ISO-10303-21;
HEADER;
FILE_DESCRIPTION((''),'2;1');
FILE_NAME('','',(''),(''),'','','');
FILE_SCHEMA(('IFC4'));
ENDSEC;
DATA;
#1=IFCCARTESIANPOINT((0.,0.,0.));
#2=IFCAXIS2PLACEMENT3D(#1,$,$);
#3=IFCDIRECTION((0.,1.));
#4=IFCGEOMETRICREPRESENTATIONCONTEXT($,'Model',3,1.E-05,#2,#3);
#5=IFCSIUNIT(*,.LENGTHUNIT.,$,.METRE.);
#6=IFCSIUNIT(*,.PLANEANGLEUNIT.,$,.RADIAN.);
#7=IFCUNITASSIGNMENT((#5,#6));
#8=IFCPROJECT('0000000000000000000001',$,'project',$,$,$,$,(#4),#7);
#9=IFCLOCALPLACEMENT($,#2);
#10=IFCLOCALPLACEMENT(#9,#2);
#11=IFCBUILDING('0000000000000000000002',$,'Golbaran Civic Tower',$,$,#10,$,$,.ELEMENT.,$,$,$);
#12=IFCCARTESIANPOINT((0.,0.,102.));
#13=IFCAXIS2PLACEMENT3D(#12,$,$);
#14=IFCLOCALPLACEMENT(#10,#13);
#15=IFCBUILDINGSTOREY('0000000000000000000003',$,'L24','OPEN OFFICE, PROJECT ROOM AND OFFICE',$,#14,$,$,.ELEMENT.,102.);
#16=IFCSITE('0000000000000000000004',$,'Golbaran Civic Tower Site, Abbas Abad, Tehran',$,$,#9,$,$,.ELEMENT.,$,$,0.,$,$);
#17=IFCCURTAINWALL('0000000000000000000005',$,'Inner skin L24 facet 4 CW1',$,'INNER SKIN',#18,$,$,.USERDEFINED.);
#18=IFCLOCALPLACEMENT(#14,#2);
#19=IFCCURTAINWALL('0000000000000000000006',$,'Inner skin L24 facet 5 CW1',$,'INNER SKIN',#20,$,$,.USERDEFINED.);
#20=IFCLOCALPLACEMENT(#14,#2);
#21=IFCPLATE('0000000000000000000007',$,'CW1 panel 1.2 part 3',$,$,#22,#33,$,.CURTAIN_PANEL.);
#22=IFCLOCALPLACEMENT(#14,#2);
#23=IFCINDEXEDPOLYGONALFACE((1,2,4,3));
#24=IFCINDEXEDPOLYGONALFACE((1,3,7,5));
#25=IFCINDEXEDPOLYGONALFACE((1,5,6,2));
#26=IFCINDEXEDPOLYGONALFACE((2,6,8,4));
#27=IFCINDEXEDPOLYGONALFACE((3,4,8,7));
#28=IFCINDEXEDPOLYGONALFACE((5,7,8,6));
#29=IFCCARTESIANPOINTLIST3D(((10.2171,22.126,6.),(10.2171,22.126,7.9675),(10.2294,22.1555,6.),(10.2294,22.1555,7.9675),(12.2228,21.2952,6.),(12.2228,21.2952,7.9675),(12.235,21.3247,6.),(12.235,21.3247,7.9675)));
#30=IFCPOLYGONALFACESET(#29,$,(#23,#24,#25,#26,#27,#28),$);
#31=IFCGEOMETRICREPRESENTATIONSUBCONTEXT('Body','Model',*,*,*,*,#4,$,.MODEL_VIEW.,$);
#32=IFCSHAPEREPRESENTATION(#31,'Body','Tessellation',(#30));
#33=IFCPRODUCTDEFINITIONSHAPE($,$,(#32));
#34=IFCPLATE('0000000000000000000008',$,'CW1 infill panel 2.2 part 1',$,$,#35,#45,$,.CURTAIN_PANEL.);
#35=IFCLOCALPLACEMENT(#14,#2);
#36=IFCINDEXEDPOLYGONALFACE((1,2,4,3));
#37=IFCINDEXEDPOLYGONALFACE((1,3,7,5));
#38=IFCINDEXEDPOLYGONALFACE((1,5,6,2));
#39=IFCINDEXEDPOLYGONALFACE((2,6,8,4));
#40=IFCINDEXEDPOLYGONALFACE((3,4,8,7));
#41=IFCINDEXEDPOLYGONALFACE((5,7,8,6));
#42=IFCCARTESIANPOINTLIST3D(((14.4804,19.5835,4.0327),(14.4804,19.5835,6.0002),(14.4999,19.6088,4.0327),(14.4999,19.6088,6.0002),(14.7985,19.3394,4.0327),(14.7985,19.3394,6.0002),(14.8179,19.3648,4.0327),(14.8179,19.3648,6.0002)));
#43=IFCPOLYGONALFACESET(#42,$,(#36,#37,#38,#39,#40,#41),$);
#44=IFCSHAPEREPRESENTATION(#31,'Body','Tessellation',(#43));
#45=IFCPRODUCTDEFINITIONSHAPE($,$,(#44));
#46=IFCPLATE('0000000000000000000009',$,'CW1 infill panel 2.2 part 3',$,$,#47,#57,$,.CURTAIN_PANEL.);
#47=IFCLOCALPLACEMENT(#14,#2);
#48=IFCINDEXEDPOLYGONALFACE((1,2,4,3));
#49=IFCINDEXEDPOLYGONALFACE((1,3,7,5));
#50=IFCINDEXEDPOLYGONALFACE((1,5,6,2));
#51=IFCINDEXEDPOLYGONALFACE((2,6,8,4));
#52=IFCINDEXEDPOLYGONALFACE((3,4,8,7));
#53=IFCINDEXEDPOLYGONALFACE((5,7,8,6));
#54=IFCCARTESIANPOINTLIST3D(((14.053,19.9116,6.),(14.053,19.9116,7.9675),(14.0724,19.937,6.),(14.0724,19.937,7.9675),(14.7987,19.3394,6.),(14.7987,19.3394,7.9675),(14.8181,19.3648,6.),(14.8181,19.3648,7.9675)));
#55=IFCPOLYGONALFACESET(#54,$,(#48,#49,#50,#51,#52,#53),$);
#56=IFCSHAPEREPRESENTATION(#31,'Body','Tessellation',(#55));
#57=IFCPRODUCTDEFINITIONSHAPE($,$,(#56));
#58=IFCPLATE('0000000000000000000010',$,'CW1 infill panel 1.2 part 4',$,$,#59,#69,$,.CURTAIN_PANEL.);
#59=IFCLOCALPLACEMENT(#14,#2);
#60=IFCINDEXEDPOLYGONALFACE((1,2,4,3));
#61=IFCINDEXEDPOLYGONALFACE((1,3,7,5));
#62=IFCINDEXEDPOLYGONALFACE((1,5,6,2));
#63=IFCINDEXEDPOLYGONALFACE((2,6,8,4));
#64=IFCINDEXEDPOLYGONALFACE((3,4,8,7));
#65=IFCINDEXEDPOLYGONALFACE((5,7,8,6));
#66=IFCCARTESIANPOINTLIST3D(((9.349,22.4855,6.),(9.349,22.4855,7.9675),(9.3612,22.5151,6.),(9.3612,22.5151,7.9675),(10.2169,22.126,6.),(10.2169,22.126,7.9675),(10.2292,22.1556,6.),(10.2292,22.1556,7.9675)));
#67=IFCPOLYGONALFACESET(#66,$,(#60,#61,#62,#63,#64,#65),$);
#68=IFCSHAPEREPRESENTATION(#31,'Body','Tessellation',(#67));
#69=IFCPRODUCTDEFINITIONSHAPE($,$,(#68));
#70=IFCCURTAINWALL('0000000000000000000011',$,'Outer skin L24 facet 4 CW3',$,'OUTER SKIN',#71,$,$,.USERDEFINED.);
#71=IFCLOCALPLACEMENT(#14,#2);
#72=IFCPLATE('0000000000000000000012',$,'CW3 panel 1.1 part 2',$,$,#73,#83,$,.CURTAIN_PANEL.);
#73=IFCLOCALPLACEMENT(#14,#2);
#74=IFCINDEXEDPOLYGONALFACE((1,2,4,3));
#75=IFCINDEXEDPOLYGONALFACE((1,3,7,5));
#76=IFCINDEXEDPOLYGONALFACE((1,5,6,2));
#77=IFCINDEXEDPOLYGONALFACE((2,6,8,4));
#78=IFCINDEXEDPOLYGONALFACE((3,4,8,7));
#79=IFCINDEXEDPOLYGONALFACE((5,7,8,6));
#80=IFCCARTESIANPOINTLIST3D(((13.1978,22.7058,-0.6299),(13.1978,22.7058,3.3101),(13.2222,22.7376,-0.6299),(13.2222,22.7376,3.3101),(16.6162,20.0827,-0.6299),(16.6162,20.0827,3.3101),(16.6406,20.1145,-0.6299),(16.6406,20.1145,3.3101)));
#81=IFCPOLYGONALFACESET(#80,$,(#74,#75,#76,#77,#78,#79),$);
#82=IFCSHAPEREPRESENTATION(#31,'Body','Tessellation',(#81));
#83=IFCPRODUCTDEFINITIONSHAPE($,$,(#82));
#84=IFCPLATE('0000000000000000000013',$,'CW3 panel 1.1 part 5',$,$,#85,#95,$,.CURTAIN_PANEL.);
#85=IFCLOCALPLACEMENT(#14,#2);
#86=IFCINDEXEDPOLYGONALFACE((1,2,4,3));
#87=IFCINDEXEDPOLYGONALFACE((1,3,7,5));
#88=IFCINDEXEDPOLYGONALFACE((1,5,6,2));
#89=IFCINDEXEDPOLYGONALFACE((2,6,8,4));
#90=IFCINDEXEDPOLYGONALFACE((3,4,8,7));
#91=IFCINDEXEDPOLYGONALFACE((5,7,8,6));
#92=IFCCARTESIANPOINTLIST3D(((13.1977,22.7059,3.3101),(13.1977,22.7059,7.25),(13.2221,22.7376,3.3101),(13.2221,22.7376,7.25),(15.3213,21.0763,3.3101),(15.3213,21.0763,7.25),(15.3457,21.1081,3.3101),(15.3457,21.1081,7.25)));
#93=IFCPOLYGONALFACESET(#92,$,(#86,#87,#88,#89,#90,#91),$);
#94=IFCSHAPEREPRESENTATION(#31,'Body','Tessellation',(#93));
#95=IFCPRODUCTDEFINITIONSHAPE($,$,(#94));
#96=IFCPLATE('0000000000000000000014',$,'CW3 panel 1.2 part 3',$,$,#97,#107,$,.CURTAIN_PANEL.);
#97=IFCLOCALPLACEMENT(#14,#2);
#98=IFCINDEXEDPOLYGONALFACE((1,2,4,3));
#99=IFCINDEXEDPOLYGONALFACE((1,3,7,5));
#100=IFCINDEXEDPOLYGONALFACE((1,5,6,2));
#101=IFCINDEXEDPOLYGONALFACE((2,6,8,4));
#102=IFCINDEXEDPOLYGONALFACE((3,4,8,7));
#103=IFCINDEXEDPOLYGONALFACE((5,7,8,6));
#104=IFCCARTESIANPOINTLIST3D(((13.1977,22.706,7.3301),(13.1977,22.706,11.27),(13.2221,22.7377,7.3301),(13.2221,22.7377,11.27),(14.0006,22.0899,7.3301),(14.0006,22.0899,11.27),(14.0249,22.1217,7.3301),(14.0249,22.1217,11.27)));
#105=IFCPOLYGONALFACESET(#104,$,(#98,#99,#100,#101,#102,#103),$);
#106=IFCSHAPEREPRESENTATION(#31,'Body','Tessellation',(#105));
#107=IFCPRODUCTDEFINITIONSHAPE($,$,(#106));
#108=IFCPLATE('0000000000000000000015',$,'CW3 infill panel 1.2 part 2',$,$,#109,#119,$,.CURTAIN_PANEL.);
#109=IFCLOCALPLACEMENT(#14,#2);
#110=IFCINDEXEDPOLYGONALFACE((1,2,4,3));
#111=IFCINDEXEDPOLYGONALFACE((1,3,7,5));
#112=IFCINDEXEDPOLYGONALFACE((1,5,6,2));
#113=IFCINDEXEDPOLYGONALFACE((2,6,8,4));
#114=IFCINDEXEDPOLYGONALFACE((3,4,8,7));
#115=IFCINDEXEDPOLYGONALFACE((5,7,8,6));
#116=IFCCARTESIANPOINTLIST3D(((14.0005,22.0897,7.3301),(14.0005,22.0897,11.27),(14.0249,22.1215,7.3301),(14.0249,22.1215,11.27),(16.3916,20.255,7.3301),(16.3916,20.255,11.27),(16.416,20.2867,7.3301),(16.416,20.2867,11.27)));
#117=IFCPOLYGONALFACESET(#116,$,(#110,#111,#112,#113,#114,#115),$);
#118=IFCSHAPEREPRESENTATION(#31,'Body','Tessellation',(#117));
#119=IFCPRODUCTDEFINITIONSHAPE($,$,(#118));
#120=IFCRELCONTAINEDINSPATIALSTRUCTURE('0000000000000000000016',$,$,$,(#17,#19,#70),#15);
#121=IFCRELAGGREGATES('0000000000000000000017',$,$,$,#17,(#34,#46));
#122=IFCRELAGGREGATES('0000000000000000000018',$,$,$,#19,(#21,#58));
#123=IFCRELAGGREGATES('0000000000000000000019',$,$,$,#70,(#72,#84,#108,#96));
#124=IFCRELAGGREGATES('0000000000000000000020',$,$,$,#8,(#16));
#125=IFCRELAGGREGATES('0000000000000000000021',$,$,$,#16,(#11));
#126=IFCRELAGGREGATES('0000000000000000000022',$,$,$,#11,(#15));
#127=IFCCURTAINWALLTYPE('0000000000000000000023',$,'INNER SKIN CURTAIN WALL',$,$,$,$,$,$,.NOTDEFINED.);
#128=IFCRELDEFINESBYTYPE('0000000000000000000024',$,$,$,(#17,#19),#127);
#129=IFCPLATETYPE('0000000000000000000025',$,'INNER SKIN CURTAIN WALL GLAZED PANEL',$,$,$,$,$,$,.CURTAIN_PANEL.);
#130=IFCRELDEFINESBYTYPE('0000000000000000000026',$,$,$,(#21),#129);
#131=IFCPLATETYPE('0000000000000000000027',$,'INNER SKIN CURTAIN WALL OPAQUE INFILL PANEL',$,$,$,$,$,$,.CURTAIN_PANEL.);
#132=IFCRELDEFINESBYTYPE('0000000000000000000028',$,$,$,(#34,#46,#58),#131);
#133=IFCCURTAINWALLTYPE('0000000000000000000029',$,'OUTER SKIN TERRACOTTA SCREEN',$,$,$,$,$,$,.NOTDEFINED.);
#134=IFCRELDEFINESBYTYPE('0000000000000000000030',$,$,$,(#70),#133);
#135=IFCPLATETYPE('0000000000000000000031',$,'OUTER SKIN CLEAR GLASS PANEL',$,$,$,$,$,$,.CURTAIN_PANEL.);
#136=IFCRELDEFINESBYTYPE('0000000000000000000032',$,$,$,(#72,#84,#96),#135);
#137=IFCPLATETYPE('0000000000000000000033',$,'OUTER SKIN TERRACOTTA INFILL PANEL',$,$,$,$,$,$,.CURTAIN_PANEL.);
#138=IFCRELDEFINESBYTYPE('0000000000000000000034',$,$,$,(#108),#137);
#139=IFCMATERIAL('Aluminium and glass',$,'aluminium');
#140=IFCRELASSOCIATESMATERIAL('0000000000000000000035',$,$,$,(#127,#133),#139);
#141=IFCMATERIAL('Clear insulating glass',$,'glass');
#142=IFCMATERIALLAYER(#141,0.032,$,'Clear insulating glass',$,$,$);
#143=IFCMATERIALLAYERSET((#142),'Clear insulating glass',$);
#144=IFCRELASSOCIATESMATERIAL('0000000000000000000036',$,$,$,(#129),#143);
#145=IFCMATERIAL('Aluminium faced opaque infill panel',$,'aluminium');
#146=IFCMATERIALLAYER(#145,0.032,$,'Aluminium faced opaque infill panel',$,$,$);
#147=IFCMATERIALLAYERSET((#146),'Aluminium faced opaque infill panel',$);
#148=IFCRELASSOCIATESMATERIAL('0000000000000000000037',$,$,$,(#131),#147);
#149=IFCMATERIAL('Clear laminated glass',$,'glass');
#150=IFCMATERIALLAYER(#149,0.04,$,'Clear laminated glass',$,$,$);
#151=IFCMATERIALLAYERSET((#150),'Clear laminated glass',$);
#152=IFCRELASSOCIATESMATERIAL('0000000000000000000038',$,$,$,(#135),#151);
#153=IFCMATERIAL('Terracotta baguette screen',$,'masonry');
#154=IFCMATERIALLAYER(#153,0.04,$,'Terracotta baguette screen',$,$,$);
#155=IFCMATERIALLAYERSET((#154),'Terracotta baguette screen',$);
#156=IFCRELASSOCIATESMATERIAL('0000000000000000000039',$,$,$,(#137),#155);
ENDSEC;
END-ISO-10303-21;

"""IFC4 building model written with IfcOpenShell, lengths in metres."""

from ifc_helpers import new_model, si_unit, direction, frame, origin, origin_2d, place, context, subcontext, project, spatial, rectangle, extrude, material, layer, layer_set, type_object, element, aggregate, save


model = new_model("IFC4")

# Units and contexts
model_context = context("Model", 3, precision=1e-05, world=origin(), true_north=direction((0.0, 1.0)))
body_context = subcontext(model_context, "Body", "Model", "MODEL_VIEW")
ifc_project = project(units=[si_unit("LENGTHUNIT", "METRE"), si_unit("PLANEANGLEUNIT", "RADIAN")], contexts=[model_context])

# Site, building, storey
site_placement = place(None, origin())
site = spatial("IfcSite", under=ifc_project, at=site_placement, Name="Golbaran Civic Tower Site, Abbas Abad, Tehran", CompositionType="ELEMENT", RefElevation=0.0)
building_placement = place(site_placement, origin())
building = spatial("IfcBuilding", under=site, at=building_placement, Name="Golbaran Civic Tower", CompositionType="ELEMENT")
storey_placement = place(building_placement, frame((0.0, 0.0, 102.0)))
storey = spatial("IfcBuildingStorey", under=building, at=storey_placement, Name="L24", Description="OPEN OFFICE, PROJECT ROOM AND OFFICE", CompositionType="ELEMENT", Elevation=102.0)

# Curtain wall
ifc_material_1 = material(Name="Aluminium and glass", Category="aluminium")
curtain_wall_type_1 = type_object("IfcCurtainWallType", Name="INNER SKIN CURTAIN WALL", PredefinedType="NOTDEFINED", material=ifc_material_1)
curtain_wall_1_placement = place(storey_placement, origin())
curtain_wall_1 = element("IfcCurtainWall", 1, at=curtain_wall_1_placement, inside=storey, type_object=curtain_wall_type_1, Name="Inner skin L24 facet 4 CW1", ObjectType="INNER SKIN", PredefinedType="USERDEFINED")

# Curtain wall
curtain_wall_2_placement = place(storey_placement, origin())
curtain_wall_2 = element("IfcCurtainWall", 2, at=curtain_wall_2_placement, inside=storey, type_object=curtain_wall_type_1, Name="Inner skin L24 facet 5 CW1", ObjectType="INNER SKIN", PredefinedType="USERDEFINED")

# Plates
ifc_material_2 = material(Name="Clear insulating glass", Category="glass")
ifc_layer_1 = layer(ifc_material_2, 0.032, Name="Clear insulating glass")
ifc_layer_set_1 = layer_set([ifc_layer_1], Name="Clear insulating glass")
plate_type_1 = type_object("IfcPlateType", Name="INNER SKIN CURTAIN WALL GLAZED PANEL", PredefinedType="CURTAIN_PANEL", material=ifc_layer_set_1)
plate_1_placement = place(storey_placement, frame((11.2261, 21.7253, 6.0), z_axis=(0.0, 0.0, 1.0), x_axis=(-0.92388, 0.382683, 0.0)))
plate_1 = element("IfcPlate", 3, at=plate_1_placement, type_object=plate_type_1, Name="CW1 panel 1.2 part 3", PredefinedType="CURTAIN_PANEL", context=body_context, shape_type="SweptSolid", body=[
    extrude(rectangle(XDim=2.1709, YDim=0.032, at=origin_2d()), origin(), (0.0, 0.0, 1.0), 1.9675),
])
ifc_material_3 = material(Name="Aluminium faced opaque infill panel", Category="aluminium")
ifc_layer_2 = layer(ifc_material_3, 0.032, Name="Aluminium faced opaque infill panel")
ifc_layer_set_2 = layer_set([ifc_layer_2], Name="Aluminium faced opaque infill panel")
plate_type_2 = type_object("IfcPlateType", Name="INNER SKIN CURTAIN WALL OPAQUE INFILL PANEL", PredefinedType="CURTAIN_PANEL", material=ifc_layer_set_2)
plate_2_placement = place(storey_placement, frame((14.6492, 19.4741, 4.0327), z_axis=(0.0, 0.0, 1.0), x_axis=(-0.793353, 0.608761, 0.0)))
plate_2 = element("IfcPlate", 4, at=plate_2_placement, type_object=plate_type_2, Name="CW1 infill panel 2.2 part 1", PredefinedType="CURTAIN_PANEL", context=body_context, shape_type="SweptSolid", body=[
    extrude(rectangle(XDim=0.4009, YDim=0.032, at=origin_2d()), origin(), (0.0, 0.0, 1.0), 1.9675),
])
plate_3_placement = place(storey_placement, frame((14.4355, 19.6382, 6.0), z_axis=(0.0, 0.0, 1.0), x_axis=(-0.793353, 0.608761, 0.0)))
plate_3 = element("IfcPlate", 5, at=plate_3_placement, type_object=plate_type_2, Name="CW1 infill panel 2.2 part 3", PredefinedType="CURTAIN_PANEL", context=body_context, shape_type="SweptSolid", body=[
    extrude(rectangle(XDim=0.9399, YDim=0.032, at=origin_2d()), origin(), (0.0, 0.0, 1.0), 1.9675),
])
aggregate(curtain_wall_1, [plate_2, plate_3])
plate_4_placement = place(storey_placement, frame((9.7891, 22.3206, 6.0), z_axis=(0.0, 0.0, 1.0), x_axis=(-0.92388, 0.382683, 0.0)))
plate_4 = element("IfcPlate", 6, at=plate_4_placement, type_object=plate_type_2, Name="CW1 infill panel 1.2 part 4", PredefinedType="CURTAIN_PANEL", context=body_context, shape_type="SweptSolid", body=[
    extrude(rectangle(XDim=0.9395, YDim=0.032, at=origin_2d()), origin(), (0.0, 0.0, 1.0), 1.9675),
])
aggregate(curtain_wall_2, [plate_1, plate_4])

# Curtain wall, plates
curtain_wall_type_2 = type_object("IfcCurtainWallType", Name="OUTER SKIN TERRACOTTA SCREEN", PredefinedType="NOTDEFINED", material=ifc_material_1)
curtain_wall_3_placement = place(storey_placement, origin())
curtain_wall_3 = element("IfcCurtainWall", 7, at=curtain_wall_3_placement, inside=storey, type_object=curtain_wall_type_2, Name="Outer skin L24 facet 4 CW3", ObjectType="OUTER SKIN", PredefinedType="USERDEFINED")
ifc_material_4 = material(Name="Clear laminated glass", Category="glass")
ifc_layer_3 = layer(ifc_material_4, 0.04, Name="Clear laminated glass")
ifc_layer_set_3 = layer_set([ifc_layer_3], Name="Clear laminated glass")
plate_type_3 = type_object("IfcPlateType", Name="OUTER SKIN CLEAR GLASS PANEL", PredefinedType="CURTAIN_PANEL", material=ifc_layer_set_3)
plate_5_placement = place(storey_placement, frame((14.9192, 21.4102, -0.6299), z_axis=(0.0, 0.0, 1.0), x_axis=(-0.793353, 0.608761, 0.0)))
plate_5 = element("IfcPlate", 8, at=plate_5_placement, type_object=plate_type_3, Name="CW3 panel 1.1 part 2", PredefinedType="CURTAIN_PANEL", context=body_context, shape_type="SweptSolid", body=[
    extrude(rectangle(XDim=4.3088, YDim=0.04, at=origin_2d()), origin(), (0.0, 0.0, 1.0), 3.9399),
])
plate_6_placement = place(storey_placement, frame((14.2717, 21.907, 3.3101), z_axis=(0.0, 0.0, 1.0), x_axis=(-0.793353, 0.608761, 0.0)))
plate_6 = element("IfcPlate", 9, at=plate_6_placement, type_object=plate_type_3, Name="CW3 panel 1.1 part 5", PredefinedType="CURTAIN_PANEL", context=body_context, shape_type="SweptSolid", body=[
    extrude(rectangle(XDim=2.6768, YDim=0.04, at=origin_2d()), origin(), (0.0, 0.0, 1.0), 3.9399),
])
plate_7_placement = place(storey_placement, frame((13.6113, 22.4138, 7.3301), z_axis=(0.0, 0.0, 1.0), x_axis=(-0.793353, 0.608761, 0.0)))
plate_7 = element("IfcPlate", 10, at=plate_7_placement, type_object=plate_type_3, Name="CW3 panel 1.2 part 3", PredefinedType="CURTAIN_PANEL", context=body_context, shape_type="SweptSolid", body=[
    extrude(rectangle(XDim=1.012, YDim=0.04, at=origin_2d()), origin(), (0.0, 0.0, 1.0), 3.9399),
])
ifc_material_5 = material(Name="Terracotta baguette screen", Category="masonry")
ifc_layer_4 = layer(ifc_material_5, 0.04, Name="Terracotta baguette screen")
ifc_layer_set_4 = layer_set([ifc_layer_4], Name="Terracotta baguette screen")
plate_type_4 = type_object("IfcPlateType", Name="OUTER SKIN TERRACOTTA INFILL PANEL", PredefinedType="CURTAIN_PANEL", material=ifc_layer_set_4)
plate_8_placement = place(storey_placement, frame((15.2083, 21.1882, 7.3301), z_axis=(0.0, 0.0, 1.0), x_axis=(-0.793353, 0.608761, 0.0)))
plate_8 = element("IfcPlate", 11, at=plate_8_placement, type_object=plate_type_4, Name="CW3 infill panel 1.2 part 2", PredefinedType="CURTAIN_PANEL", context=body_context, shape_type="SweptSolid", body=[
    extrude(rectangle(XDim=3.0139, YDim=0.04, at=origin_2d()), origin(), (0.0, 0.0, 1.0), 3.9399),
])
aggregate(curtain_wall_3, [plate_5, plate_6, plate_8, plate_7])

save(model, "model.ifc")
